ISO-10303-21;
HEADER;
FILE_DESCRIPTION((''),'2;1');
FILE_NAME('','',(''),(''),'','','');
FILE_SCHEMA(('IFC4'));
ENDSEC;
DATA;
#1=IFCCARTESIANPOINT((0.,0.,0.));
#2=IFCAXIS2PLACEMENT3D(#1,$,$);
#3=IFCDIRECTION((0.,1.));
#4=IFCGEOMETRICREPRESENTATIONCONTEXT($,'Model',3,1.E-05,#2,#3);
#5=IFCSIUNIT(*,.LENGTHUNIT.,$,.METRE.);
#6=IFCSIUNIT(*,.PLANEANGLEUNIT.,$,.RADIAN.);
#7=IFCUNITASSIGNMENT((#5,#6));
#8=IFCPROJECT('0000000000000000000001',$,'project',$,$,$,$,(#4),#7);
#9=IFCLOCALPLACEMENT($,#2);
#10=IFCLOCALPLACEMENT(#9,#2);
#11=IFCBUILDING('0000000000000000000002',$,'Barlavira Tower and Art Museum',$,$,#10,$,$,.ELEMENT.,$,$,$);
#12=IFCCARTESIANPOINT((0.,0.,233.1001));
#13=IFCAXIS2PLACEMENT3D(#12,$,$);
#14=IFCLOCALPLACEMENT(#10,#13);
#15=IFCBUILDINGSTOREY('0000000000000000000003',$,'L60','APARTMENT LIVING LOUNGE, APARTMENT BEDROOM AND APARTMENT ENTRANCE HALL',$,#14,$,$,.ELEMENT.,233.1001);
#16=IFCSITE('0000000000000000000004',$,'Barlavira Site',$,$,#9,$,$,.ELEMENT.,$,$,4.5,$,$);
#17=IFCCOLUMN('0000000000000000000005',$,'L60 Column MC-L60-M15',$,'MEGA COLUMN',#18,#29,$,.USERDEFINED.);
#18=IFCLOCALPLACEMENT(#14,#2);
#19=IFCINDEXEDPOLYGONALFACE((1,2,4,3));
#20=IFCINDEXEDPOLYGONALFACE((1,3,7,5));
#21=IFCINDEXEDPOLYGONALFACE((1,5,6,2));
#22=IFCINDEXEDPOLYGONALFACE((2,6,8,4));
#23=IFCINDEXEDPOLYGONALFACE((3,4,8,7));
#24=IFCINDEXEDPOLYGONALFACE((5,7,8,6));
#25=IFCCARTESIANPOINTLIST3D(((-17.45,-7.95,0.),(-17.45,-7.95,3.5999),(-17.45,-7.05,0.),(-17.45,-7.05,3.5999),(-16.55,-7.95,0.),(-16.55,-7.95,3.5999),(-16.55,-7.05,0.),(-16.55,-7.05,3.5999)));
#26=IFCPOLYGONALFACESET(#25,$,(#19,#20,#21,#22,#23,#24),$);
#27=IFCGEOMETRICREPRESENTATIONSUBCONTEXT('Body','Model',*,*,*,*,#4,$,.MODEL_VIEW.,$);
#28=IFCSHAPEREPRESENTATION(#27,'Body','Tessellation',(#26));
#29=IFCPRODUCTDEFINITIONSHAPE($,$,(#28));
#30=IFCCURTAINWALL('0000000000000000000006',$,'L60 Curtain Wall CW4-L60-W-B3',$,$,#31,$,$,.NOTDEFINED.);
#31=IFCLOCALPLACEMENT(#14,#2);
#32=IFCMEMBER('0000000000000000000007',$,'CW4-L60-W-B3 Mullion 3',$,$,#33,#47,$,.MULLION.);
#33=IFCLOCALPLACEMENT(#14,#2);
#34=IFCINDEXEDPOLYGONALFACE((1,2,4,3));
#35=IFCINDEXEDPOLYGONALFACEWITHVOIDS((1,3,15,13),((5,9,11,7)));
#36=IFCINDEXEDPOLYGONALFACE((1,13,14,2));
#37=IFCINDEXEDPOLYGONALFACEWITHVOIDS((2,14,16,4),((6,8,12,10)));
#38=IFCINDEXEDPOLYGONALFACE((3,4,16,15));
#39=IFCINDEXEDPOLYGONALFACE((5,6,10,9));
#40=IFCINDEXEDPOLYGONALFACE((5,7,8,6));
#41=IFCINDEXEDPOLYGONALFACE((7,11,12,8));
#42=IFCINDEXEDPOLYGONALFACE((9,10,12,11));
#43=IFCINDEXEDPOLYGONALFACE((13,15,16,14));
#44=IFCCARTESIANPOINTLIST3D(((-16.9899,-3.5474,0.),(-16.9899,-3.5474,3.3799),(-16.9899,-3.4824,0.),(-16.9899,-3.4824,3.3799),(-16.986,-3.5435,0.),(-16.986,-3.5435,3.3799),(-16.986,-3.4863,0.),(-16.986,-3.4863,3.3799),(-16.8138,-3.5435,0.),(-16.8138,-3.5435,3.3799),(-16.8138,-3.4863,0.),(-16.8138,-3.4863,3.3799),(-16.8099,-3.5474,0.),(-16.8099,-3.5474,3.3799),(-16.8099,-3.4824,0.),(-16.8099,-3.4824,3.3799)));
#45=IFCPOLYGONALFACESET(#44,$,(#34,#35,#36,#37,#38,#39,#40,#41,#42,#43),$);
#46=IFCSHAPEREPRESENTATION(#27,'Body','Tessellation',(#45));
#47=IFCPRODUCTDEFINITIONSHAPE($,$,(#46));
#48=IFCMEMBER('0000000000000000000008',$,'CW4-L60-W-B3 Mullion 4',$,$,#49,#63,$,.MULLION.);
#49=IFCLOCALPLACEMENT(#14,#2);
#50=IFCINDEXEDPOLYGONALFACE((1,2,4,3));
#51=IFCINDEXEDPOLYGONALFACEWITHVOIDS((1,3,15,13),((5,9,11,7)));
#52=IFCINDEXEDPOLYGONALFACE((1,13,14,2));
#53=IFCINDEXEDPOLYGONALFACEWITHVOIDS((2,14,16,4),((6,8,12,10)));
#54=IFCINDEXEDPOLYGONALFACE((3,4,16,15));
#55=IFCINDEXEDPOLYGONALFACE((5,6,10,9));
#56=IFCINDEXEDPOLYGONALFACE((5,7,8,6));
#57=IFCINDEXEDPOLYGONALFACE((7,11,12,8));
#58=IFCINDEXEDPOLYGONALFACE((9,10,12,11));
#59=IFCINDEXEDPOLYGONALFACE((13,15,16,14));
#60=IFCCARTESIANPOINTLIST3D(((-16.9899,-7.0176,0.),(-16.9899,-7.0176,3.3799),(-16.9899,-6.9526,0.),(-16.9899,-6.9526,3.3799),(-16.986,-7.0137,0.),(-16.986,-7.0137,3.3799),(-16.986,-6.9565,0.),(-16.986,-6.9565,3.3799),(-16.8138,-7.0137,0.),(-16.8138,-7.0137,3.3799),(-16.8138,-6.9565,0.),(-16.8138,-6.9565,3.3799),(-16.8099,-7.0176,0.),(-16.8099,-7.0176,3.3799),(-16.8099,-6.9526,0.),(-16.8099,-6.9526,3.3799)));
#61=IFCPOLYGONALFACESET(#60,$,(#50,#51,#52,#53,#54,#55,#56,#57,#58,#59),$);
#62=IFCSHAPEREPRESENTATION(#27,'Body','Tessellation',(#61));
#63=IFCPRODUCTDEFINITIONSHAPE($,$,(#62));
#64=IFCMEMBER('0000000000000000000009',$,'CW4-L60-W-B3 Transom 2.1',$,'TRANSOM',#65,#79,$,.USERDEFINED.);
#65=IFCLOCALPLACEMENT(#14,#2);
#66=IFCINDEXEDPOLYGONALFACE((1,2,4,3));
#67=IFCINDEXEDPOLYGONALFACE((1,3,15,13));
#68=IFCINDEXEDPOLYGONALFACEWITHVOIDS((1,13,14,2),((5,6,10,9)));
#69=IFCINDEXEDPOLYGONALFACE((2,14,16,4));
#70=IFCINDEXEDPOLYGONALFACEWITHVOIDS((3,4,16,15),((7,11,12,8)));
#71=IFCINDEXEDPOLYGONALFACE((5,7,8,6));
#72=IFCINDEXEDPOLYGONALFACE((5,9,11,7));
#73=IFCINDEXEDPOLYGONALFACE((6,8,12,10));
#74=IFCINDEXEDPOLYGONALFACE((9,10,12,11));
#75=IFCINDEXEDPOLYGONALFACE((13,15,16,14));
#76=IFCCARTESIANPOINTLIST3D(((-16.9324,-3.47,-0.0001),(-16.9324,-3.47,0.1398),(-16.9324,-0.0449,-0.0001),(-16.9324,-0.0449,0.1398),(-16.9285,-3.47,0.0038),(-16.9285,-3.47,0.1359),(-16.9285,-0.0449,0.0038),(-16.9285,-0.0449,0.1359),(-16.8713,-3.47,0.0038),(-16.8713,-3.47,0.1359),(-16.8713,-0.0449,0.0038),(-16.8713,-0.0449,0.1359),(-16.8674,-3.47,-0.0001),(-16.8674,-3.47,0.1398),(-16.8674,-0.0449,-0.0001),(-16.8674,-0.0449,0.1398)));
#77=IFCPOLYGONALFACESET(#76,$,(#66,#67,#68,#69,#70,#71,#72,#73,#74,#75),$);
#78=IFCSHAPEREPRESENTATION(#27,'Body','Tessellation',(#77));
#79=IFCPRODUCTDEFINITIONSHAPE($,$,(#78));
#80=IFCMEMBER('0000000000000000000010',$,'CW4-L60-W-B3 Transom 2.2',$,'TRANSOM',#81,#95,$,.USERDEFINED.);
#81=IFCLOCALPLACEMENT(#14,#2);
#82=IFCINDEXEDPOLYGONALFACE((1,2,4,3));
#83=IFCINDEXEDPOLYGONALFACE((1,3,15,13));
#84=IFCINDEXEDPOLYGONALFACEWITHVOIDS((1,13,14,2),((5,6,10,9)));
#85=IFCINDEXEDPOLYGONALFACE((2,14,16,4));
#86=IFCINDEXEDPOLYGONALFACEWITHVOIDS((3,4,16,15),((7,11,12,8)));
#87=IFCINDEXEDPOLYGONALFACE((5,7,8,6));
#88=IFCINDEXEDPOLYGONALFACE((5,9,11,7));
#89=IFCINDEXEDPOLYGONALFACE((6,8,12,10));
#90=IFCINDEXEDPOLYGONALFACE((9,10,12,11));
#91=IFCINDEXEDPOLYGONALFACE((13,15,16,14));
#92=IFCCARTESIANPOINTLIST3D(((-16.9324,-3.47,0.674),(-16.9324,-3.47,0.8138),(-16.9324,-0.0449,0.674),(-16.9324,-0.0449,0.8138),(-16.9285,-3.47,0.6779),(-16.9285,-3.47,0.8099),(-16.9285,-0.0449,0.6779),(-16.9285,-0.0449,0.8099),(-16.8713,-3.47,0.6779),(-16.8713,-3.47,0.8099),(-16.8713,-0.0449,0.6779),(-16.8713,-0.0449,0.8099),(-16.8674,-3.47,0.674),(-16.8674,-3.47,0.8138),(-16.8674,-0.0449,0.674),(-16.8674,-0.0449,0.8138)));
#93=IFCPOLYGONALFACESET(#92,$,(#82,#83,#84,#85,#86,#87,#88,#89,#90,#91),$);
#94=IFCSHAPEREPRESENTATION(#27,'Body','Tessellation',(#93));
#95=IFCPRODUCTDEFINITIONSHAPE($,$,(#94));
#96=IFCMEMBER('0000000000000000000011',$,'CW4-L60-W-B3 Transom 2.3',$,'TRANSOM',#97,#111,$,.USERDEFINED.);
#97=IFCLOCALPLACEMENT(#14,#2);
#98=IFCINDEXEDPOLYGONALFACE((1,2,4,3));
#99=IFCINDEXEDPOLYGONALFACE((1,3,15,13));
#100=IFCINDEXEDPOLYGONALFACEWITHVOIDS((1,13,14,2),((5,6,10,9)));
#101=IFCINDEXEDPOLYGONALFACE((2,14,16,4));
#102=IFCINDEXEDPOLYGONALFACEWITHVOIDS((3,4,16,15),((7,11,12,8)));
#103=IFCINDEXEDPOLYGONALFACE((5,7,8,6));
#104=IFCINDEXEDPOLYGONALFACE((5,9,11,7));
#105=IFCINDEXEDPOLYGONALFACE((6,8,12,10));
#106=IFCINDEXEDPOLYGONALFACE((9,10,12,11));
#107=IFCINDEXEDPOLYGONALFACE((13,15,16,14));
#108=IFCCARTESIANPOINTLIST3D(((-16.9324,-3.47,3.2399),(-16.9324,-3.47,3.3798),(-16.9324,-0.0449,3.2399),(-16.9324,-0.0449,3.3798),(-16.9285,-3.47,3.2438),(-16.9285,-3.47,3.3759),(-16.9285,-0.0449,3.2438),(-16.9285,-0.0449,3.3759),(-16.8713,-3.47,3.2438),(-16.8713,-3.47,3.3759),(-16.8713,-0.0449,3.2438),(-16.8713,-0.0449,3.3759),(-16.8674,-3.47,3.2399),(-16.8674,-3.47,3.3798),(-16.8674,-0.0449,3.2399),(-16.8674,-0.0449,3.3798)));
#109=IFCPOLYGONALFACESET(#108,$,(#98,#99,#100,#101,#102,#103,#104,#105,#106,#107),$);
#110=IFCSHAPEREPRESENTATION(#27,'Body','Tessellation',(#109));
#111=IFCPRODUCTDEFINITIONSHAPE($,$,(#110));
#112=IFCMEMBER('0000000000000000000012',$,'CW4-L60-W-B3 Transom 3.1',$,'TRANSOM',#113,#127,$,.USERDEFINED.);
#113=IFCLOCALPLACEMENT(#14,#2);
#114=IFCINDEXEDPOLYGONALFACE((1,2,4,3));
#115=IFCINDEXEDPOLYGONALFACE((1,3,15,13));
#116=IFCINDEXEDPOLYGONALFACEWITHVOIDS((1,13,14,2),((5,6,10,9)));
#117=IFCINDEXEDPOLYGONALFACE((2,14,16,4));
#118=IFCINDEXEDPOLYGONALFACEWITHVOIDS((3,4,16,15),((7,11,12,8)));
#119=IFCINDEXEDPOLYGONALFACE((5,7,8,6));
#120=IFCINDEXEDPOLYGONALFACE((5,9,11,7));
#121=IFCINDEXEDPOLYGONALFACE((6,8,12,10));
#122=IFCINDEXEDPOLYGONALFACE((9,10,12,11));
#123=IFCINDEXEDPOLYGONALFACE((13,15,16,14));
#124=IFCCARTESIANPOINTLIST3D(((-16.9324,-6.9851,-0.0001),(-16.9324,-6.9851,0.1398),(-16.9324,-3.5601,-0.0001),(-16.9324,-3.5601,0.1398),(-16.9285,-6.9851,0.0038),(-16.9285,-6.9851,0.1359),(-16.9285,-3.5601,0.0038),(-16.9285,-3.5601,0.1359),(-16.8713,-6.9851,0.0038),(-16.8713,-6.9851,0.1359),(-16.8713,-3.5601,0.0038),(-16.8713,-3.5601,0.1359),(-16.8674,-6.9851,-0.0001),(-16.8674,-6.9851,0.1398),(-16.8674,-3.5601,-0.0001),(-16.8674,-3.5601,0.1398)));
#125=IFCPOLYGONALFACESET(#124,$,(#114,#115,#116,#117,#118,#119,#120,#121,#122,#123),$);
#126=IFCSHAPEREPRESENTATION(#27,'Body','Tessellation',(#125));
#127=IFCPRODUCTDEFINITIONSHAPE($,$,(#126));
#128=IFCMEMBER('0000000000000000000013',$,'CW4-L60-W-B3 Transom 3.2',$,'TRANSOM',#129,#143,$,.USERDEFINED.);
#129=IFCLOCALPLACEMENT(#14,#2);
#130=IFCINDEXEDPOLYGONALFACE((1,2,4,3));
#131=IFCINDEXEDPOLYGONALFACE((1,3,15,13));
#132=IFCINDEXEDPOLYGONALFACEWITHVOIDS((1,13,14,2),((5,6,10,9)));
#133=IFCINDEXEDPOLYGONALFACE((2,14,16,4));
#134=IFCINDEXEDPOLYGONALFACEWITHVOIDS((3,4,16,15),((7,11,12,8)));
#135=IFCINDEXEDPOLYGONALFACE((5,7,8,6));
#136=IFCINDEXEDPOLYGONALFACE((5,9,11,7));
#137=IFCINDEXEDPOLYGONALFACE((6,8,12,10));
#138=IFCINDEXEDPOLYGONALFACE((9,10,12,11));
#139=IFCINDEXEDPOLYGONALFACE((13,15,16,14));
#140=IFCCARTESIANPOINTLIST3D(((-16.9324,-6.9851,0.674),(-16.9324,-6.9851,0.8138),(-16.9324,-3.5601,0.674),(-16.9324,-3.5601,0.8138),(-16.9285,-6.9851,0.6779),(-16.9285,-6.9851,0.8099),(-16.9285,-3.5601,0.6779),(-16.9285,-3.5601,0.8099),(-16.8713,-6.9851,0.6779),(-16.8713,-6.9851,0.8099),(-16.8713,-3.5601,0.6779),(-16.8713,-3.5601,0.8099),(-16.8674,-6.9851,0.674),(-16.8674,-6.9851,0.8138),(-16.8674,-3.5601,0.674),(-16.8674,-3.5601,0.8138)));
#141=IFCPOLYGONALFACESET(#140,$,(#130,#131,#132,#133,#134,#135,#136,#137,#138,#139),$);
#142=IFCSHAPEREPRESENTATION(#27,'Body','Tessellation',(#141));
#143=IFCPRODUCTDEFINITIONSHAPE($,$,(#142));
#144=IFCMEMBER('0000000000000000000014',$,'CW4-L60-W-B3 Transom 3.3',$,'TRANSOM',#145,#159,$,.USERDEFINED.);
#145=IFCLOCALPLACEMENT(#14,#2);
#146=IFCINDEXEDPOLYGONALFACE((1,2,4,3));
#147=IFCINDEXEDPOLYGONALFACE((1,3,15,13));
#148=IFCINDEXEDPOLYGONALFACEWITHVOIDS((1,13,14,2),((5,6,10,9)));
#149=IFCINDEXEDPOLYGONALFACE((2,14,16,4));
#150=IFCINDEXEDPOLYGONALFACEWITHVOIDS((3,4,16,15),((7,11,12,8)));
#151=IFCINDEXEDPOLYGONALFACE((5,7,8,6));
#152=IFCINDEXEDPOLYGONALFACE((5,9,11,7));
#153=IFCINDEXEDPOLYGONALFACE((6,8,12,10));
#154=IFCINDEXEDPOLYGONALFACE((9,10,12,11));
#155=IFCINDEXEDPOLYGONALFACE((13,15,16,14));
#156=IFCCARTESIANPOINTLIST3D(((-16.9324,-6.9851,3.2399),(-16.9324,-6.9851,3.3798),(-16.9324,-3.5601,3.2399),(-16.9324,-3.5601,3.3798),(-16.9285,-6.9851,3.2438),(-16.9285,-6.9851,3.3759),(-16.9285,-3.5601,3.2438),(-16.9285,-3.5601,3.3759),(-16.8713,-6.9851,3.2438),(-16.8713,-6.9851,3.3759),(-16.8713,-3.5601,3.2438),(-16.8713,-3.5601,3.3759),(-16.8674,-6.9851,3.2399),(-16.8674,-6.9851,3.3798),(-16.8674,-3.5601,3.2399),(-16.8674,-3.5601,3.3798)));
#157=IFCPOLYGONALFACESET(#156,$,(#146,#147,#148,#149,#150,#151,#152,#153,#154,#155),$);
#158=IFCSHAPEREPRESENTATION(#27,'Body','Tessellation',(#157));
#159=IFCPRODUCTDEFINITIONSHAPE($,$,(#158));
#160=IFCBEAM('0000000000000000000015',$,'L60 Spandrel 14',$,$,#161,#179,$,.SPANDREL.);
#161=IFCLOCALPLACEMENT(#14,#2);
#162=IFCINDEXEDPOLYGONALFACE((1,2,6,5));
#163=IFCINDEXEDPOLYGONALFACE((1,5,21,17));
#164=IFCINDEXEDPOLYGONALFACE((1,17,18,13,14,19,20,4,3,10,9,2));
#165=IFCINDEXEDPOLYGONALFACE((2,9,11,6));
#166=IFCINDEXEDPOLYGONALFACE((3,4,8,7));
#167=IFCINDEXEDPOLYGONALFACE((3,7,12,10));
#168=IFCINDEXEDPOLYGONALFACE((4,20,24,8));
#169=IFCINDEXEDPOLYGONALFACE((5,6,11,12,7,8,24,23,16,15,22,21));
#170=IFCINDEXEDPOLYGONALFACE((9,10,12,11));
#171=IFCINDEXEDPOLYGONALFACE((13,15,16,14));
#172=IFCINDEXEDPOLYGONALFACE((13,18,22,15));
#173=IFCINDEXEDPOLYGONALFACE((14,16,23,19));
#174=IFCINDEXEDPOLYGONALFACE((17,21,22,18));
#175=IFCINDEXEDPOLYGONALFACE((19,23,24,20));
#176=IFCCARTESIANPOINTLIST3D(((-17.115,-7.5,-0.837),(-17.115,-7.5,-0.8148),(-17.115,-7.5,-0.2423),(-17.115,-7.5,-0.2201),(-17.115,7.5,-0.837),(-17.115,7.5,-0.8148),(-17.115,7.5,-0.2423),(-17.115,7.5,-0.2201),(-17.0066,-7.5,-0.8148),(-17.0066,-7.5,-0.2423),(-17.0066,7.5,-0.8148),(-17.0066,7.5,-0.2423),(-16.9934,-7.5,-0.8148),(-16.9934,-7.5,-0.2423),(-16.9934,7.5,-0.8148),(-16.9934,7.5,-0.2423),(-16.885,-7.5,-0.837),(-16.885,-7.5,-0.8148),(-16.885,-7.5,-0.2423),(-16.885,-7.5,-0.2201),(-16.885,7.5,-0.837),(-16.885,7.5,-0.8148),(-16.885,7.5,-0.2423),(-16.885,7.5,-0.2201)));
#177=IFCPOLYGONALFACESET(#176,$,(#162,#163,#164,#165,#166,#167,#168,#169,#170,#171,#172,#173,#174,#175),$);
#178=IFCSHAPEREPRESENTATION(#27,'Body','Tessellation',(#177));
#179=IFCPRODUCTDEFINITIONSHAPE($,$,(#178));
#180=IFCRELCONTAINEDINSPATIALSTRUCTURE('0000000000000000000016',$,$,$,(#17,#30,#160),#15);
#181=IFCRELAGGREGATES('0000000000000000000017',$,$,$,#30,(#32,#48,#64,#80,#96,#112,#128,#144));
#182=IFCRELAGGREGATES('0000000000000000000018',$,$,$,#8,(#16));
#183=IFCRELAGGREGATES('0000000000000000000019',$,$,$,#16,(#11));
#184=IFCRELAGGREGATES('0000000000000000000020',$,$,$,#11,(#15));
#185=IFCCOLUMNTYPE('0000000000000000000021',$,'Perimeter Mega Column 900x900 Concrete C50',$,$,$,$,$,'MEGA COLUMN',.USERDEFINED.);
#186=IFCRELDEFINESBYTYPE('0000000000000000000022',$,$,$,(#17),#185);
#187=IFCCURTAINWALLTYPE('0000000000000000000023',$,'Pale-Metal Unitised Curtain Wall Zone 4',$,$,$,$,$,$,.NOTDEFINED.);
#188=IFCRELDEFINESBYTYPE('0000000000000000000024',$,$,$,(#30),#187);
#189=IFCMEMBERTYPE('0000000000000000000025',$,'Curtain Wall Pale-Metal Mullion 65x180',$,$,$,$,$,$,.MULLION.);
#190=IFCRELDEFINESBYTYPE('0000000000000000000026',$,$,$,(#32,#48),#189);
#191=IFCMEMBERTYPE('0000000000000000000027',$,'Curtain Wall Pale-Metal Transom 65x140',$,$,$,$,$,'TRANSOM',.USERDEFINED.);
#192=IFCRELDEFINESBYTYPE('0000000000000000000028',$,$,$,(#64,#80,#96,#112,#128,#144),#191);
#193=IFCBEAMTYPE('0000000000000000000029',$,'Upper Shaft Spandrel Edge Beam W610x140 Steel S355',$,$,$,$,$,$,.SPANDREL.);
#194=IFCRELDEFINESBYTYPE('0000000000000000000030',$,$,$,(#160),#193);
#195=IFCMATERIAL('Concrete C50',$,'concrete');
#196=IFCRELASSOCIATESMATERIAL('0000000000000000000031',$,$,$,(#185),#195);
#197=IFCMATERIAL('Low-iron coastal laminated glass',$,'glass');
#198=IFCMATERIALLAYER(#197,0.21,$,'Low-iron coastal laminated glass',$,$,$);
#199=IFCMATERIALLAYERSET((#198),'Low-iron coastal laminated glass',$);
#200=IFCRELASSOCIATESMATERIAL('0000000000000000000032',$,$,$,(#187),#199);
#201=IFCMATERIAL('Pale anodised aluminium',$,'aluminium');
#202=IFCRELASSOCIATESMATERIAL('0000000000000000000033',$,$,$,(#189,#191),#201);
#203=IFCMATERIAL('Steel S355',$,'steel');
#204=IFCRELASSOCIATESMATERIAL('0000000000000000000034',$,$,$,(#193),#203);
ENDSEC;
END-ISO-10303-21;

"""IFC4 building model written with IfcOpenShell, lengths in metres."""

from ifc_helpers import new_model, si_unit, direction, frame, origin, origin_2d, place, context, subcontext, project, spatial, rectangle, hollow_rectangle, i_section, extrude, material, layer, layer_set, material_profile, profile_set, type_object, element, aggregate, save


model = new_model("IFC4")

# Units and contexts
model_context = context("Model", 3, precision=1e-05, world=origin(), true_north=direction((0.0, 1.0)))
body_context = subcontext(model_context, "Body", "Model", "MODEL_VIEW")
ifc_project = project(units=[si_unit("LENGTHUNIT", "METRE"), si_unit("PLANEANGLEUNIT", "RADIAN")], contexts=[model_context])

# Site, building, storey
site_placement = place(None, origin())
site = spatial("IfcSite", under=ifc_project, at=site_placement, Name="Barlavira Site", CompositionType="ELEMENT", RefElevation=4.5)
building_placement = place(site_placement, origin())
building = spatial("IfcBuilding", under=site, at=building_placement, Name="Barlavira Tower and Art Museum", CompositionType="ELEMENT")
storey_placement = place(building_placement, frame((0.0, 0.0, 233.1001)))
storey = spatial("IfcBuildingStorey", under=building, at=storey_placement, Name="L60", Description="APARTMENT LIVING LOUNGE, APARTMENT BEDROOM AND APARTMENT ENTRANCE HALL", CompositionType="ELEMENT", Elevation=233.1001)

# Column
ifc_material_1 = material(Name="Concrete C50", Category="concrete")
ifc_material_profile_1 = material_profile(ifc_material_1, rectangle(XDim=0.8999, YDim=0.8999, at=origin_2d()), Name="RC-COL 900x900")
ifc_profile_set_1 = profile_set([ifc_material_profile_1], Name="Concrete C50")
column_type = type_object("IfcColumnType", Name="Perimeter Mega Column 900x900 Concrete C50", ElementType="MEGA COLUMN", PredefinedType="USERDEFINED", material=ifc_profile_set_1)
column_placement = place(storey_placement, frame((-17.0, -7.5, 0.0), z_axis=(0.0, 0.0, 1.0), x_axis=(1.0, 0.0, 0.0)))
element("IfcColumn", 1, at=column_placement, inside=storey, type_object=column_type, Name="L60 Column MC-L60-M15", ObjectType="MEGA COLUMN", PredefinedType="USERDEFINED", context=body_context, shape_type="SweptSolid", body=[
    extrude(rectangle(XDim=0.8999, YDim=0.8999, at=origin_2d()), origin(), (0.0, 0.0, 1.0), 3.5999),
])

# Curtain wall, members
ifc_material_2 = material(Name="Low-iron coastal laminated glass", Category="glass")
ifc_layer_1 = layer(ifc_material_2, 0.21, Name="Low-iron coastal laminated glass")
ifc_layer_set_1 = layer_set([ifc_layer_1], Name="Low-iron coastal laminated glass")
curtain_wall_type = type_object("IfcCurtainWallType", Name="Pale-Metal Unitised Curtain Wall Zone 4", PredefinedType="NOTDEFINED", material=ifc_layer_set_1)
curtain_wall_placement = place(storey_placement, origin())
curtain_wall = element("IfcCurtainWall", 2, at=curtain_wall_placement, inside=storey, type_object=curtain_wall_type, Name="L60 Curtain Wall CW4-L60-W-B3", PredefinedType="NOTDEFINED")
ifc_material_3 = material(Name="Pale anodised aluminium", Category="aluminium")
ifc_material_profile_2 = material_profile(ifc_material_3, hollow_rectangle(XDim=0.0649, YDim=0.1799, WallThickness=0.0039, at=origin_2d()), Name="ALU-MULL 65x180x4")
ifc_profile_set_2 = profile_set([ifc_material_profile_2], Name="Pale anodised aluminium")
member_type_1 = type_object("IfcMemberType", Name="Curtain Wall Pale-Metal Mullion 65x180", PredefinedType="MULLION", material=ifc_profile_set_2)
member_1_placement = place(storey_placement, frame((-16.8999, -3.5149, 0.0), z_axis=(0.0, 0.0, 1.0), x_axis=(0.0, -1.0, 0.0)))
member_1 = element("IfcMember", 3, at=member_1_placement, type_object=member_type_1, Name="CW4-L60-W-B3 Mullion 3", PredefinedType="MULLION", context=body_context, shape_type="SweptSolid", body=[
    extrude(hollow_rectangle(XDim=0.0649, YDim=0.1799, WallThickness=0.0039, at=origin_2d()), origin(), (0.0, 0.0, 1.0), 3.3799),
])
member_2_placement = place(storey_placement, frame((-16.8999, -6.9851, 0.0), z_axis=(0.0, 0.0, 1.0), x_axis=(0.0, -1.0, 0.0)))
member_2 = element("IfcMember", 4, at=member_2_placement, type_object=member_type_1, Name="CW4-L60-W-B3 Mullion 4", PredefinedType="MULLION", context=body_context, shape_type="SweptSolid", body=[
    extrude(hollow_rectangle(XDim=0.0649, YDim=0.1799, WallThickness=0.0039, at=origin_2d()), origin(), (0.0, 0.0, 1.0), 3.3799),
])
ifc_material_profile_3 = material_profile(ifc_material_3, hollow_rectangle(XDim=0.0649, YDim=0.1399, WallThickness=0.0039, at=origin_2d()), Name="ALU-TRAN 65x140x4")
ifc_profile_set_3 = profile_set([ifc_material_profile_3], Name="Pale anodised aluminium")
member_type_2 = type_object("IfcMemberType", Name="Curtain Wall Pale-Metal Transom 65x140", ElementType="TRANSOM", PredefinedType="USERDEFINED", material=ifc_profile_set_3)
member_3_placement = place(storey_placement, frame((-16.8999, -0.0449, 0.0698), z_axis=(0.0, -1.0, 0.0), x_axis=(1.0, 0.0, 0.0)))
member_3 = element("IfcMember", 5, at=member_3_placement, type_object=member_type_2, Name="CW4-L60-W-B3 Transom 2.1", ObjectType="TRANSOM", PredefinedType="USERDEFINED", context=body_context, shape_type="SweptSolid", body=[
    extrude(hollow_rectangle(XDim=0.0649, YDim=0.1399, WallThickness=0.0039, at=origin_2d()), origin(), (0.0, 0.0, 1.0), 3.425),
])
member_4_placement = place(storey_placement, frame((-16.8999, -0.0449, 0.7439), z_axis=(0.0, -1.0, 0.0), x_axis=(1.0, 0.0, 0.0)))
member_4 = element("IfcMember", 6, at=member_4_placement, type_object=member_type_2, Name="CW4-L60-W-B3 Transom 2.2", ObjectType="TRANSOM", PredefinedType="USERDEFINED", context=body_context, shape_type="SweptSolid", body=[
    extrude(hollow_rectangle(XDim=0.0649, YDim=0.1399, WallThickness=0.0039, at=origin_2d()), origin(), (0.0, 0.0, 1.0), 3.425),
])
member_5_placement = place(storey_placement, frame((-16.8999, -0.0449, 3.3098), z_axis=(0.0, -1.0, 0.0), x_axis=(1.0, 0.0, 0.0)))
member_5 = element("IfcMember", 7, at=member_5_placement, type_object=member_type_2, Name="CW4-L60-W-B3 Transom 2.3", ObjectType="TRANSOM", PredefinedType="USERDEFINED", context=body_context, shape_type="SweptSolid", body=[
    extrude(hollow_rectangle(XDim=0.0649, YDim=0.1399, WallThickness=0.0039, at=origin_2d()), origin(), (0.0, 0.0, 1.0), 3.425),
])
member_6_placement = place(storey_placement, frame((-16.8999, -3.5601, 0.0698), z_axis=(0.0, -1.0, 0.0), x_axis=(1.0, 0.0, 0.0)))
member_6 = element("IfcMember", 8, at=member_6_placement, type_object=member_type_2, Name="CW4-L60-W-B3 Transom 3.1", ObjectType="TRANSOM", PredefinedType="USERDEFINED", context=body_context, shape_type="SweptSolid", body=[
    extrude(hollow_rectangle(XDim=0.0649, YDim=0.1399, WallThickness=0.0039, at=origin_2d()), origin(), (0.0, 0.0, 1.0), 3.425),
])
member_7_placement = place(storey_placement, frame((-16.8999, -3.5601, 0.7439), z_axis=(0.0, -1.0, 0.0), x_axis=(1.0, 0.0, 0.0)))
member_7 = element("IfcMember", 9, at=member_7_placement, type_object=member_type_2, Name="CW4-L60-W-B3 Transom 3.2", ObjectType="TRANSOM", PredefinedType="USERDEFINED", context=body_context, shape_type="SweptSolid", body=[
    extrude(hollow_rectangle(XDim=0.0649, YDim=0.1399, WallThickness=0.0039, at=origin_2d()), origin(), (0.0, 0.0, 1.0), 3.425),
])
member_8_placement = place(storey_placement, frame((-16.8999, -3.5601, 3.3098), z_axis=(0.0, -1.0, 0.0), x_axis=(1.0, 0.0, 0.0)))
member_8 = element("IfcMember", 10, at=member_8_placement, type_object=member_type_2, Name="CW4-L60-W-B3 Transom 3.3", ObjectType="TRANSOM", PredefinedType="USERDEFINED", context=body_context, shape_type="SweptSolid", body=[
    extrude(hollow_rectangle(XDim=0.0649, YDim=0.1399, WallThickness=0.0039, at=origin_2d()), origin(), (0.0, 0.0, 1.0), 3.425),
])

# Beam
ifc_material_4 = material(Name="Steel S355", Category="steel")
ifc_material_profile_4 = material_profile(ifc_material_4, i_section(OverallWidth=0.23, OverallDepth=0.6169, WebThickness=0.0132, FlangeThickness=0.0222, at=origin_2d()), Name="W610x140.0")
ifc_profile_set_4 = profile_set([ifc_material_profile_4], Name="Steel S355")
beam_type_1 = type_object("IfcBeamType", Name="Upper Shaft Spandrel Edge Beam W610x140 Steel S355", PredefinedType="SPANDREL", material=ifc_profile_set_4)
beam_1_placement = place(storey_placement, frame((-17.0, -7.5, -0.5286), z_axis=(0.0, 1.0, 0.0), x_axis=(-1.0, 0.0, 0.0)))
element("IfcBeam", 11, at=beam_1_placement, inside=storey, type_object=beam_type_1, Name="L60 Spandrel 14", PredefinedType="SPANDREL", context=body_context, shape_type="SweptSolid", body=[
    extrude(i_section(OverallWidth=0.23, OverallDepth=0.6169, WebThickness=0.0132, FlangeThickness=0.0222, at=origin_2d()), origin(), (0.0, 0.0, 1.0), 15.0),
])

aggregate(curtain_wall, [member_1, member_2, member_3, member_4, member_5, member_6, member_7, member_8])

save(model, "model.ifc")
